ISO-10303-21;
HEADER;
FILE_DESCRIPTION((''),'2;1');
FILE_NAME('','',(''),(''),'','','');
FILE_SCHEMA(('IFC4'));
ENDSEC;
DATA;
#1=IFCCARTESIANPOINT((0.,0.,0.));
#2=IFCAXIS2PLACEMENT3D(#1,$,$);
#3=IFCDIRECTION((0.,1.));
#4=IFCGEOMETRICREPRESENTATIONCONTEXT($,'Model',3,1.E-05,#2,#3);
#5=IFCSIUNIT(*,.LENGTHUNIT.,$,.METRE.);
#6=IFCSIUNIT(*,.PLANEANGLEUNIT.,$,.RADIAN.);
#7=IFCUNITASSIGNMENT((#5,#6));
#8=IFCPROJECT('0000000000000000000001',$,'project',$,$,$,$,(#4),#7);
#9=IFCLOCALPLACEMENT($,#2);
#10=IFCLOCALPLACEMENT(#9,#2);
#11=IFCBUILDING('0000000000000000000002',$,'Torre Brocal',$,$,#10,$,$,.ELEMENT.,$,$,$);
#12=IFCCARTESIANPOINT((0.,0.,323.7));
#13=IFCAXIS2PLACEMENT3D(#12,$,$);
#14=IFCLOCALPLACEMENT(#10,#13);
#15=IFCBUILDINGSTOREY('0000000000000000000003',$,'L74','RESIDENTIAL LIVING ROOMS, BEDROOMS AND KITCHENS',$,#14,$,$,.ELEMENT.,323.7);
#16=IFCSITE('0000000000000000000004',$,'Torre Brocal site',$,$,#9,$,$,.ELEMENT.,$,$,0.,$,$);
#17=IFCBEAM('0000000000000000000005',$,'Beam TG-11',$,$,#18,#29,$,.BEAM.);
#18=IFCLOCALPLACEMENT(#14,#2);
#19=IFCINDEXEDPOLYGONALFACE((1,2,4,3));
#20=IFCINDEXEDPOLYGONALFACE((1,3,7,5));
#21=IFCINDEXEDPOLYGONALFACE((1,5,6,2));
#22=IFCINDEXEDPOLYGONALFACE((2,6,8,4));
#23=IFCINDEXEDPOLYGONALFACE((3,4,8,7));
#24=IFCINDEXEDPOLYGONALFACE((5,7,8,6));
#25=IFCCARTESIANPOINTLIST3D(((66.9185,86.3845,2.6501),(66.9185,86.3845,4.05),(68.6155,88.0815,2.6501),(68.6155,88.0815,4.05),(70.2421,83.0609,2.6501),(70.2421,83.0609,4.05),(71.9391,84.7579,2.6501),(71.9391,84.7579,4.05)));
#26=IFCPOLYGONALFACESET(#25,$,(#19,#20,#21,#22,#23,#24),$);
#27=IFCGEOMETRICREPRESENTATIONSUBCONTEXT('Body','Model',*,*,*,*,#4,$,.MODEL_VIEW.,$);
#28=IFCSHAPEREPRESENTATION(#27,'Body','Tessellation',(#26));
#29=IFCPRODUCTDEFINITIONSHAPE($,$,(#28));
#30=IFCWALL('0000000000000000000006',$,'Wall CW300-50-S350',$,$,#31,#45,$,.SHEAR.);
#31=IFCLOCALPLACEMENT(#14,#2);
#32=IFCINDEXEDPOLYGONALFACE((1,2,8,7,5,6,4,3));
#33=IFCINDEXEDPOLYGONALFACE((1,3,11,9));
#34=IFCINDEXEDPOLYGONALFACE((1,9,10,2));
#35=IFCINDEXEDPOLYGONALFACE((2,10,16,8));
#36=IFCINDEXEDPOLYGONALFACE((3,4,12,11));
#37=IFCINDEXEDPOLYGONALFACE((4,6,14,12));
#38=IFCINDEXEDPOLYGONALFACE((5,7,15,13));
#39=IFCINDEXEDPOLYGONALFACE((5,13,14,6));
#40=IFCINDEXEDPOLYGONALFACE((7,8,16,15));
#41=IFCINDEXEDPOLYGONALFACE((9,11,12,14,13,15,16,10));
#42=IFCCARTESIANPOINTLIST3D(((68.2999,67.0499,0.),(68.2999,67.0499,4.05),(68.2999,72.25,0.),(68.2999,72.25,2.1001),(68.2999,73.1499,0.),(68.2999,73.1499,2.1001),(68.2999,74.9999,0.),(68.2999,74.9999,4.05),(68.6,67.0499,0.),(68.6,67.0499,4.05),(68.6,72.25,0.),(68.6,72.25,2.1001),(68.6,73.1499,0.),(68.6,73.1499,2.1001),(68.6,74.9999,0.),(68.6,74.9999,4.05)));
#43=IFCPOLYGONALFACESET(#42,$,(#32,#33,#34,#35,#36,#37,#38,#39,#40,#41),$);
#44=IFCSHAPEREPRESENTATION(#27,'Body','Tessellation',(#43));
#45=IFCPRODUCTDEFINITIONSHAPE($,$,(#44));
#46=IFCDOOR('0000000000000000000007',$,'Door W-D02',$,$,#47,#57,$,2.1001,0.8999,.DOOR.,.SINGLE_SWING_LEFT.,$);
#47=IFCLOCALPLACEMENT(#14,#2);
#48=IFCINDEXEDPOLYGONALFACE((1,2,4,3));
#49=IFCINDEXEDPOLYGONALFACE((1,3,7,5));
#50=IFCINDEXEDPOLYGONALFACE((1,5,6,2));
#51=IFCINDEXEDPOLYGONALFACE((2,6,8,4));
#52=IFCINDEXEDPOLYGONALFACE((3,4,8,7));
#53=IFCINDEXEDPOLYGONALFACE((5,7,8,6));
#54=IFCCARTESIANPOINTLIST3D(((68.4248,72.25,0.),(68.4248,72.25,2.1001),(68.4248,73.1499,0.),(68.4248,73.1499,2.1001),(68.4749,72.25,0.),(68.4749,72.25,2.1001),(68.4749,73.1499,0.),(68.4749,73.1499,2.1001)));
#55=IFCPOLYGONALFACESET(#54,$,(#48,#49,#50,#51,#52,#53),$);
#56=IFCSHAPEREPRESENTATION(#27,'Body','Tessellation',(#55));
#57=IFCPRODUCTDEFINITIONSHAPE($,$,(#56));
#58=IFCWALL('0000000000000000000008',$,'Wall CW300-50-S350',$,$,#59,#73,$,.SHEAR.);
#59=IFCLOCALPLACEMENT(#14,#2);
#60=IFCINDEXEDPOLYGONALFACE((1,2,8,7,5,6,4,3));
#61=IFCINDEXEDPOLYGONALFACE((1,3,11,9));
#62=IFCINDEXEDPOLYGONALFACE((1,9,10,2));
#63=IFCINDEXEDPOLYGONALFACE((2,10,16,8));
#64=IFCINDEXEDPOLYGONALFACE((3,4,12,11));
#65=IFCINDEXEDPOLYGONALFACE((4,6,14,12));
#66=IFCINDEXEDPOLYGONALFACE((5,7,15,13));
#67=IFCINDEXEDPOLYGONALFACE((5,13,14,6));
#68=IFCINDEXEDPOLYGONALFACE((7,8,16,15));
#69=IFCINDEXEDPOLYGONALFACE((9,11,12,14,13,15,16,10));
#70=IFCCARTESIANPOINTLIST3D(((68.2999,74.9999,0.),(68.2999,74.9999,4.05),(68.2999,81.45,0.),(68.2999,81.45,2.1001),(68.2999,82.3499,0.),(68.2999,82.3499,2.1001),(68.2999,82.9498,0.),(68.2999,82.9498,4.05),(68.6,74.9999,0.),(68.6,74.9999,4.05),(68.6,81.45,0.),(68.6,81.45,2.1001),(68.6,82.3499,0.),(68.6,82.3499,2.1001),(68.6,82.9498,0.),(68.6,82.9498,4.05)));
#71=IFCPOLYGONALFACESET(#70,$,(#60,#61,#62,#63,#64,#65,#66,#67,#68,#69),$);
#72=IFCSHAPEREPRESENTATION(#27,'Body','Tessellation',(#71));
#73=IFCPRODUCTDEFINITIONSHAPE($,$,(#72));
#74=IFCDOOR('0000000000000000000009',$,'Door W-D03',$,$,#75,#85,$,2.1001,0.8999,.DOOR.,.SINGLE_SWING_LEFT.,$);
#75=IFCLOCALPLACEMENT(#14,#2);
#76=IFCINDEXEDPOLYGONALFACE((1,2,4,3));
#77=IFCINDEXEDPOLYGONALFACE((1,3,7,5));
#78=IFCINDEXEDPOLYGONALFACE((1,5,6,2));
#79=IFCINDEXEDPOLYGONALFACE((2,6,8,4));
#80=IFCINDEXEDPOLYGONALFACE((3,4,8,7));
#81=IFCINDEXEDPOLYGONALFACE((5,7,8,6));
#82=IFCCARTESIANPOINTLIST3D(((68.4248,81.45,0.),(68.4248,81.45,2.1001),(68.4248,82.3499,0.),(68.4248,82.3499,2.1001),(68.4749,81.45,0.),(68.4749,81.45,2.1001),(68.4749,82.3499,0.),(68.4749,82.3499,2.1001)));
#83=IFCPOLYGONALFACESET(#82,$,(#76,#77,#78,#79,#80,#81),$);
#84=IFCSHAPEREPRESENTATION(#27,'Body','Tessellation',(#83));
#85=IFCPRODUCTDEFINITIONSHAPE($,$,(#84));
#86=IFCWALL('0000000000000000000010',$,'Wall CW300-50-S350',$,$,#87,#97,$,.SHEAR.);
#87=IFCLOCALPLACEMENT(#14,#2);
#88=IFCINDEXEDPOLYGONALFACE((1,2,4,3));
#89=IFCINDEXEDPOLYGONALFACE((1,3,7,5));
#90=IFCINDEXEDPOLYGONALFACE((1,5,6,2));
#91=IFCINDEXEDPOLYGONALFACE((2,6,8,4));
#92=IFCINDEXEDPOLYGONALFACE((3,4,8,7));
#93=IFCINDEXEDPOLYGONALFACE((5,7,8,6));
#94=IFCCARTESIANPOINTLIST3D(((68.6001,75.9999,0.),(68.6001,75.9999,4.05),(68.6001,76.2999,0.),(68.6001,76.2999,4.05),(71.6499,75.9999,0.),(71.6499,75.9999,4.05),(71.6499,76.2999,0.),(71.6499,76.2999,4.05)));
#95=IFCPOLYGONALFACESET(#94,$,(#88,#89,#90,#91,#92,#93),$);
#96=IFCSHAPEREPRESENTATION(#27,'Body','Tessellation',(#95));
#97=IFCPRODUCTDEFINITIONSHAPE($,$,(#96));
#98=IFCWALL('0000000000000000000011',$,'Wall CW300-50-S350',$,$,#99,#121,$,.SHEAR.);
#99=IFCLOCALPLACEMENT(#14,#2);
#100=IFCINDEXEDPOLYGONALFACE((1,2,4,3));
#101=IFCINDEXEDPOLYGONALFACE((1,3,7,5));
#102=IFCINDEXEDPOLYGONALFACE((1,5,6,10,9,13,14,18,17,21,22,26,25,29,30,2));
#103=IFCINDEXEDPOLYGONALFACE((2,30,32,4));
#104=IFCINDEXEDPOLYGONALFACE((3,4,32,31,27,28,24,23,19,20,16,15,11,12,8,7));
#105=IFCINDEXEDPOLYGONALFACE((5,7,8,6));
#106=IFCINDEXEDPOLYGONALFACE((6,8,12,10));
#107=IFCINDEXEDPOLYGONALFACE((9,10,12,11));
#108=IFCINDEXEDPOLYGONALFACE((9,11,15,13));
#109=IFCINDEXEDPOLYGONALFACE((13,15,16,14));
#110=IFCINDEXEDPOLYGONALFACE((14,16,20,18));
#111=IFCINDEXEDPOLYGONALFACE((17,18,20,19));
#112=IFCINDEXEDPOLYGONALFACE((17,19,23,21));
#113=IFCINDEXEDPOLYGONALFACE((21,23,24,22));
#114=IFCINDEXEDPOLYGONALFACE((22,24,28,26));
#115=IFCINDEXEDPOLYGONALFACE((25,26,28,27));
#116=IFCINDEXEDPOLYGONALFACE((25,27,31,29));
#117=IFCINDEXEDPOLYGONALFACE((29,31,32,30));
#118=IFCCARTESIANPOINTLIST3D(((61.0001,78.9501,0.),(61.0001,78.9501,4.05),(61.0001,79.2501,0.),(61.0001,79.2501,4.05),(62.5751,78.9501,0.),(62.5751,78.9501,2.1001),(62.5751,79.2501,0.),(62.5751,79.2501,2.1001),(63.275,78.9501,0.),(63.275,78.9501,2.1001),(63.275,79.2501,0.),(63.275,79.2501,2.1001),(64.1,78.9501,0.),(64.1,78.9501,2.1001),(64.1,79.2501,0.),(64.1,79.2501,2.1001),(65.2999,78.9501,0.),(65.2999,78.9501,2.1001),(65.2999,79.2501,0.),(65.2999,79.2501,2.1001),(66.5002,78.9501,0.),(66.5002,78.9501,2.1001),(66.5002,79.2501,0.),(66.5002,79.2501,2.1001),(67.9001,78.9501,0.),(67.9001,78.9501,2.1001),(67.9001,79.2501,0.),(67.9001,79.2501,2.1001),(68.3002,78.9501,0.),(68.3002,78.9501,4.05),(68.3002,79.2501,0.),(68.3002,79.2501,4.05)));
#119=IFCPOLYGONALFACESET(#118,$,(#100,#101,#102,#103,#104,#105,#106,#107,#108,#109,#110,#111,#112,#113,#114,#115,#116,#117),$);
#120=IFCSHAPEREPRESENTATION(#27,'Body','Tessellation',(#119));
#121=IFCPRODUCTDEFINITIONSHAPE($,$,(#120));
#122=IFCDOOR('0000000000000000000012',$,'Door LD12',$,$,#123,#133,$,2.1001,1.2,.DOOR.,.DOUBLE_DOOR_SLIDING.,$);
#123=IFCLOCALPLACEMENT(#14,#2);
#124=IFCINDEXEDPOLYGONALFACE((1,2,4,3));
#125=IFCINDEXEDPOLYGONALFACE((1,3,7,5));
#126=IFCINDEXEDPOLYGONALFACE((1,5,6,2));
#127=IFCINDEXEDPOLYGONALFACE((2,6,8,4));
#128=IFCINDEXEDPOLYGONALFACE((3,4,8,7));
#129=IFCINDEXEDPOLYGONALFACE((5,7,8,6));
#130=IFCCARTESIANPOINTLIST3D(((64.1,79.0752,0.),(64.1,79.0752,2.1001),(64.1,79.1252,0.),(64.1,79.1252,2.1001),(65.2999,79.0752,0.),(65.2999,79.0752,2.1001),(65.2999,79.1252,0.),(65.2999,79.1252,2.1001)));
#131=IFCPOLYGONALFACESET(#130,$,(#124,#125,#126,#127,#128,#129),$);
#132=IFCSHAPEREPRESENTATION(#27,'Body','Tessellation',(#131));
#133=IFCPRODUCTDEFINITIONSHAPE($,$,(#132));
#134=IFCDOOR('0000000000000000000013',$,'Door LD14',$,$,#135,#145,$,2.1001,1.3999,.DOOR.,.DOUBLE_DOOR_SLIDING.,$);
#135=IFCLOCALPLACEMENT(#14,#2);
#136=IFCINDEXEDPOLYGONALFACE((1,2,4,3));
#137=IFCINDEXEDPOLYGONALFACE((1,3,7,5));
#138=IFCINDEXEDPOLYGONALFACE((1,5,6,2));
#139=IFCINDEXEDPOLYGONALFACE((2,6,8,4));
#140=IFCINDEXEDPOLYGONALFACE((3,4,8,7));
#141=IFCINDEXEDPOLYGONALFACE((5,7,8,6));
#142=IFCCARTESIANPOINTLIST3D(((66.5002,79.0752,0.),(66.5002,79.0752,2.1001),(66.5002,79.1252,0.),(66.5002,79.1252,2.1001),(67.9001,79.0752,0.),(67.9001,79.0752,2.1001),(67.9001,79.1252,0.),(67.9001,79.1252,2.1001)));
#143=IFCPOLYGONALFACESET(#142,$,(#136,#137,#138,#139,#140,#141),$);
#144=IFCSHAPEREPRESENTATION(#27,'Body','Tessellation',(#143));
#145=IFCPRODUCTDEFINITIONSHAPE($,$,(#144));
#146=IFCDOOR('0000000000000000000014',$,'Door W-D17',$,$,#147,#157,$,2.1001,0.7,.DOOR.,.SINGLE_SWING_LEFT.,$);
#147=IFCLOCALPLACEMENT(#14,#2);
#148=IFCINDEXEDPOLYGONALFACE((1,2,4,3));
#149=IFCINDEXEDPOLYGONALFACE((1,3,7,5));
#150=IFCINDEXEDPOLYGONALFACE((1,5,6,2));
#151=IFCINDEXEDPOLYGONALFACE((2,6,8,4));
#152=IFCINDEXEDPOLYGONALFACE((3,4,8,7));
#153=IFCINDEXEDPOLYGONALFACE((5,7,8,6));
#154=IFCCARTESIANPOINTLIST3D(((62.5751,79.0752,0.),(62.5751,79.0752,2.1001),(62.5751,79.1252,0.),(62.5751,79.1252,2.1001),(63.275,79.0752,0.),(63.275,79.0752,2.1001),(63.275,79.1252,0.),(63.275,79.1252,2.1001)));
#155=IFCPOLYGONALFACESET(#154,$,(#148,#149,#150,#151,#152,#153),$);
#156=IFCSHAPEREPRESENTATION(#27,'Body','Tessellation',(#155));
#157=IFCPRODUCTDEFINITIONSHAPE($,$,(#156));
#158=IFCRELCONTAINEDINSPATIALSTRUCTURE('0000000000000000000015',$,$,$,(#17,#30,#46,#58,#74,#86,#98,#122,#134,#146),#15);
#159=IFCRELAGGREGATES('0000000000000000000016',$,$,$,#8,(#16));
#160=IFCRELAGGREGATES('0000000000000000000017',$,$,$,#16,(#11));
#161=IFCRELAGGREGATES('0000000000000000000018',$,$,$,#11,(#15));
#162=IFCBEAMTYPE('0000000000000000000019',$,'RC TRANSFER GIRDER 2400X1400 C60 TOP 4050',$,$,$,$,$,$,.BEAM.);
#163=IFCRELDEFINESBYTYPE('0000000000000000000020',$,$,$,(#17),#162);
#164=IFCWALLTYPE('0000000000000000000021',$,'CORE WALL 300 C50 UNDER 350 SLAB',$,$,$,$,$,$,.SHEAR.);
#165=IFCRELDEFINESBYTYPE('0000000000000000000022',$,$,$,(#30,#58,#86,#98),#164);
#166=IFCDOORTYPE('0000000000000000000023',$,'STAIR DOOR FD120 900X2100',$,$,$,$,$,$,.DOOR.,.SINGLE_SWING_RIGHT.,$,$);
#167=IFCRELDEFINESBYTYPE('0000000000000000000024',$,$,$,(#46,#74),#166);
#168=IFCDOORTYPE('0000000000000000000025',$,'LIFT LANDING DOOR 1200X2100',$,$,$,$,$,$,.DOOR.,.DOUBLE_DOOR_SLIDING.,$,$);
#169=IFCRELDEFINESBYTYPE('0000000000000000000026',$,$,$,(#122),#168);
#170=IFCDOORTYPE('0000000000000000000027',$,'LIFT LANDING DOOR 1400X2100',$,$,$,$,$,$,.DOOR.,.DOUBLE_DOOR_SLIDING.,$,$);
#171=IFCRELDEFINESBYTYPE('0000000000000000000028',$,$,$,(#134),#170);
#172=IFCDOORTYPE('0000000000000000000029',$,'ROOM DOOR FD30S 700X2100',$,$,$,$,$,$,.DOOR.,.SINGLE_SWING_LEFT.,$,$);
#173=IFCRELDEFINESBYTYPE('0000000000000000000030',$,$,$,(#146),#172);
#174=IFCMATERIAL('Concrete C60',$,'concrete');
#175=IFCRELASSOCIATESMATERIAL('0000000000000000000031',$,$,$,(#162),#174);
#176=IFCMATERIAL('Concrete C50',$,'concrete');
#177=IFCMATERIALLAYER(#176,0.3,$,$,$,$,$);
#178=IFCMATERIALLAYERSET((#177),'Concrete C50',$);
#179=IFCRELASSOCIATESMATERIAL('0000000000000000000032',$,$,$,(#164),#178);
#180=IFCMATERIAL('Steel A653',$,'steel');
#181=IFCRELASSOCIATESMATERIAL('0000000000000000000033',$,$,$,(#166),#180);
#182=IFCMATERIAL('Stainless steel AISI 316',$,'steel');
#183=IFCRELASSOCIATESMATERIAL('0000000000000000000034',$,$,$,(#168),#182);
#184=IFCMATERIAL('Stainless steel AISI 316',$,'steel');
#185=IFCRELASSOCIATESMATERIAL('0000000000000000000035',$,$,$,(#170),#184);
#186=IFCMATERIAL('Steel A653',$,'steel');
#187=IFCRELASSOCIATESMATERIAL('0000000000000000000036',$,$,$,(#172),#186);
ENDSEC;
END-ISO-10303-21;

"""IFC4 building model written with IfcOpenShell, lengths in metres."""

from ifc_helpers import new_model, si_unit, direction, frame, frame_2d, origin, origin_2d, place, context, subcontext, project, spatial, rectangle, extrude, material, layer, layer_set, material_profile, profile_set, type_object, element, fill, save


model = new_model("IFC4")

# Units and contexts
model_context = context("Model", 3, precision=1e-05, world=origin(), true_north=direction((0.0, 1.0)))
body_context = subcontext(model_context, "Body", "Model", "MODEL_VIEW")
ifc_project = project(units=[si_unit("LENGTHUNIT", "METRE"), si_unit("PLANEANGLEUNIT", "RADIAN")], contexts=[model_context])

# Site, building, storey
site_placement = place(None, origin())
site = spatial("IfcSite", under=ifc_project, at=site_placement, Name="Torre Brocal site", CompositionType="ELEMENT", RefElevation=0.0)
building_placement = place(site_placement, origin())
building = spatial("IfcBuilding", under=site, at=building_placement, Name="Torre Brocal", CompositionType="ELEMENT")
storey_placement = place(building_placement, frame((0.0, 0.0, 323.7)))
storey = spatial("IfcBuildingStorey", under=building, at=storey_placement, Name="L74", Description="RESIDENTIAL LIVING ROOMS, BEDROOMS AND KITCHENS", CompositionType="ELEMENT", Elevation=323.7)

# Beam
ifc_material_1 = material(Name="Concrete C60", Category="concrete")
ifc_material_profile = material_profile(ifc_material_1, rectangle(XDim=2.3999, YDim=1.3999, at=origin_2d()), Name="RC 2400X1400")
ifc_profile_set = profile_set([ifc_material_profile], Name="Concrete C60")
beam_type = type_object("IfcBeamType", Name="RC TRANSFER GIRDER 2400X1400 C60 TOP 4050", PredefinedType="BEAM", material=ifc_profile_set)
beam_placement = place(storey_placement, frame((71.0906, 83.9094, 3.3501), z_axis=(-0.707107, 0.707107, 0.0), x_axis=(-0.707107, -0.707107, 0.0)))
element("IfcBeam", 1, at=beam_placement, inside=storey, type_object=beam_type, Name="Beam TG-11", PredefinedType="BEAM", context=body_context, shape_type="SweptSolid", body=[
    extrude(rectangle(XDim=2.3999, YDim=1.3999, at=origin_2d()), origin(), (0.0, 0.0, 1.0), 4.7002),
])

# Walls, openings, doors
ifc_material_2 = material(Name="Concrete C50", Category="concrete")
ifc_layer_1 = layer(ifc_material_2, 0.3)
ifc_layer_set_1 = layer_set([ifc_layer_1], Name="Concrete C50")
wall_type_1 = type_object("IfcWallType", Name="CORE WALL 300 C50 UNDER 350 SLAB", PredefinedType="SHEAR", material=ifc_layer_set_1)
wall_1_placement = place(storey_placement, frame((68.45, 75.0, 0.0), z_axis=(0.0, 0.0, 1.0), x_axis=(0.0, -1.0, 0.0)))
wall_1 = element("IfcWall", 2, at=wall_1_placement, inside=storey, type_object=wall_type_1, Name="Wall CW300-50-S350", PredefinedType="SHEAR", context=body_context, shape_type="SweptSolid", body=[
    extrude(rectangle(XDim=7.95, YDim=0.3, at=frame_2d((3.9751, 0.0))), origin(), (0.0, 0.0, 1.0), 4.05),
])
opening_1_placement = place(wall_1_placement, frame((1.8501, 0.0, 0.0)))
opening_1 = element("IfcOpeningElement", 3, at=opening_1_placement, cuts=wall_1, PredefinedType="OPENING", context=body_context, shape_type="SweptSolid", body=[
    extrude(rectangle(XDim=0.8999, YDim=2.1001, at=frame_2d((0.45, 1.05))), frame((0.0, 0.1599, 0.0), z_axis=(0.0, -1.0, 0.0), x_axis=(1.0, 0.0, 0.0)), (0.0, 0.0, 1.0), 0.3201),
])
ifc_material_3 = material(Name="Steel A653", Category="steel")
door_type_1 = type_object("IfcDoorType", Name="STAIR DOOR FD120 900X2100", OperationType="SINGLE_SWING_RIGHT", PredefinedType="DOOR", material=ifc_material_3)
door_1_placement = place(opening_1_placement, origin())
door_1 = element("IfcDoor", 4, at=door_1_placement, inside=storey, type_object=door_type_1, Name="Door W-D02", OperationType="SINGLE_SWING_LEFT", OverallHeight=2.1001, OverallWidth=0.8999, PredefinedType="DOOR", context=body_context, shape_type="SweptSolid", body=[
    extrude(rectangle(XDim=0.8999, YDim=2.1001, at=frame_2d((0.45, 1.05))), frame((0.0, 0.0249, 0.0), z_axis=(0.0, -1.0, 0.0), x_axis=(1.0, 0.0, 0.0)), (0.0, 0.0, 1.0), 0.05),
])
fill(opening_1, door_1)
wall_2_placement = place(storey_placement, frame((68.45, 82.95, 0.0), z_axis=(0.0, 0.0, 1.0), x_axis=(0.0, -1.0, 0.0)))
wall_2 = element("IfcWall", 5, at=wall_2_placement, inside=storey, type_object=wall_type_1, Name="Wall CW300-50-S350", PredefinedType="SHEAR", context=body_context, shape_type="SweptSolid", body=[
    extrude(rectangle(XDim=7.95, YDim=0.3, at=frame_2d((3.9751, 0.0))), origin(), (0.0, 0.0, 1.0), 4.05),
])
opening_2_placement = place(wall_2_placement, frame((0.6001, 0.0, 0.0)))
opening_2 = element("IfcOpeningElement", 6, at=opening_2_placement, cuts=wall_2, PredefinedType="OPENING", context=body_context, shape_type="SweptSolid", body=[
    extrude(rectangle(XDim=0.8999, YDim=2.1001, at=frame_2d((0.45, 1.05))), frame((0.0, 0.1599, 0.0), z_axis=(0.0, -1.0, 0.0), x_axis=(1.0, 0.0, 0.0)), (0.0, 0.0, 1.0), 0.3201),
])
door_2_placement = place(opening_2_placement, origin())
door_2 = element("IfcDoor", 7, at=door_2_placement, inside=storey, type_object=door_type_1, Name="Door W-D03", OperationType="SINGLE_SWING_LEFT", OverallHeight=2.1001, OverallWidth=0.8999, PredefinedType="DOOR", context=body_context, shape_type="SweptSolid", body=[
    extrude(rectangle(XDim=0.8999, YDim=2.1001, at=frame_2d((0.45, 1.05))), frame((0.0, 0.0249, 0.0), z_axis=(0.0, -1.0, 0.0), x_axis=(1.0, 0.0, 0.0)), (0.0, 0.0, 1.0), 0.05),
])
fill(opening_2, door_2)

# Wall
wall_3_placement = place(storey_placement, frame((71.6499, 76.1499, 0.0), z_axis=(0.0, 0.0, 1.0), x_axis=(-1.0, 0.0, 0.0)))
element("IfcWall", 8, at=wall_3_placement, inside=storey, type_object=wall_type_1, Name="Wall CW300-50-S350", PredefinedType="SHEAR", context=body_context, shape_type="SweptSolid", body=[
    extrude(rectangle(XDim=3.0498, YDim=0.3, at=frame_2d((1.5249, 0.0))), origin(), (0.0, 0.0, 1.0), 4.05),
])

# Wall, openings, doors
wall_4_placement = place(storey_placement, frame((68.3, 79.1001, 0.0), z_axis=(0.0, 0.0, 1.0), x_axis=(-1.0, 0.0, 0.0)))
wall_4 = element("IfcWall", 9, at=wall_4_placement, inside=storey, type_object=wall_type_1, Name="Wall CW300-50-S350", PredefinedType="SHEAR", context=body_context, shape_type="SweptSolid", body=[
    extrude(rectangle(XDim=7.3, YDim=0.3, at=frame_2d((3.6499, 0.0))), origin(), (0.0, 0.0, 1.0), 4.05),
])
opening_3_placement = place(wall_4_placement, frame((0.3999, 0.0, 0.0)))
opening_3 = element("IfcOpeningElement", 10, at=opening_3_placement, cuts=wall_4, PredefinedType="OPENING", context=body_context, shape_type="SweptSolid", body=[
    extrude(rectangle(XDim=1.3999, YDim=2.1001, at=frame_2d((0.7, 1.05))), frame((0.0, 0.1599, 0.0), z_axis=(0.0, -1.0, 0.0), x_axis=(1.0, 0.0, 0.0)), (0.0, 0.0, 1.0), 0.3201),
])
opening_4_placement = place(wall_4_placement, frame((3.0, 0.0, 0.0)))
opening_4 = element("IfcOpeningElement", 11, at=opening_4_placement, cuts=wall_4, PredefinedType="OPENING", context=body_context, shape_type="SweptSolid", body=[
    extrude(rectangle(XDim=1.2, YDim=2.1001, at=frame_2d((0.6001, 1.05))), frame((0.0, 0.1599, 0.0), z_axis=(0.0, -1.0, 0.0), x_axis=(1.0, 0.0, 0.0)), (0.0, 0.0, 1.0), 0.3201),
])
opening_5_placement = place(wall_4_placement, frame((5.0249, 0.0, 0.0)))
opening_5 = element("IfcOpeningElement", 12, at=opening_5_placement, cuts=wall_4, PredefinedType="OPENING", context=body_context, shape_type="SweptSolid", body=[
    extrude(rectangle(XDim=0.7, YDim=2.1001, at=frame_2d((0.3501, 1.05))), frame((0.0, 0.1599, 0.0), z_axis=(0.0, -1.0, 0.0), x_axis=(1.0, 0.0, 0.0)), (0.0, 0.0, 1.0), 0.3201),
])
ifc_material_4 = material(Name="Stainless steel AISI 316", Category="steel")
door_type_2 = type_object("IfcDoorType", Name="LIFT LANDING DOOR 1200X2100", OperationType="DOUBLE_DOOR_SLIDING", PredefinedType="DOOR", material=ifc_material_4)
door_3_placement = place(opening_4_placement, origin())
door_3 = element("IfcDoor", 13, at=door_3_placement, inside=storey, type_object=door_type_2, Name="Door LD12", OperationType="DOUBLE_DOOR_SLIDING", OverallHeight=2.1001, OverallWidth=1.2, PredefinedType="DOOR", context=body_context, shape_type="SweptSolid", body=[
    extrude(rectangle(XDim=1.2, YDim=2.1001, at=frame_2d((0.6001, 1.05))), frame((0.0, 0.0249, 0.0), z_axis=(0.0, -1.0, 0.0), x_axis=(1.0, 0.0, 0.0)), (0.0, 0.0, 1.0), 0.05),
])
fill(opening_4, door_3)
ifc_material_5 = material(Name="Stainless steel AISI 316", Category="steel")
door_type_3 = type_object("IfcDoorType", Name="LIFT LANDING DOOR 1400X2100", OperationType="DOUBLE_DOOR_SLIDING", PredefinedType="DOOR", material=ifc_material_5)
door_4_placement = place(opening_3_placement, origin())
door_4 = element("IfcDoor", 14, at=door_4_placement, inside=storey, type_object=door_type_3, Name="Door LD14", OperationType="DOUBLE_DOOR_SLIDING", OverallHeight=2.1001, OverallWidth=1.3999, PredefinedType="DOOR", context=body_context, shape_type="SweptSolid", body=[
    extrude(rectangle(XDim=1.3999, YDim=2.1001, at=frame_2d((0.7, 1.05))), frame((0.0, 0.0249, 0.0), z_axis=(0.0, -1.0, 0.0), x_axis=(1.0, 0.0, 0.0)), (0.0, 0.0, 1.0), 0.05),
])
fill(opening_3, door_4)
ifc_material_6 = material(Name="Steel A653", Category="steel")
door_type_4 = type_object("IfcDoorType", Name="ROOM DOOR FD30S 700X2100", OperationType="SINGLE_SWING_LEFT", PredefinedType="DOOR", material=ifc_material_6)
door_5_placement = place(opening_5_placement, origin())
door_5 = element("IfcDoor", 15, at=door_5_placement, inside=storey, type_object=door_type_4, Name="Door W-D17", OperationType="SINGLE_SWING_LEFT", OverallHeight=2.1001, OverallWidth=0.7, PredefinedType="DOOR", context=body_context, shape_type="SweptSolid", body=[
    extrude(rectangle(XDim=0.7, YDim=2.1001, at=frame_2d((0.3501, 1.05))), frame((0.0, 0.0249, 0.0), z_axis=(0.0, -1.0, 0.0), x_axis=(1.0, 0.0, 0.0)), (0.0, 0.0, 1.0), 0.05),
])
fill(opening_5, door_5)

save(model, "model.ifc")
